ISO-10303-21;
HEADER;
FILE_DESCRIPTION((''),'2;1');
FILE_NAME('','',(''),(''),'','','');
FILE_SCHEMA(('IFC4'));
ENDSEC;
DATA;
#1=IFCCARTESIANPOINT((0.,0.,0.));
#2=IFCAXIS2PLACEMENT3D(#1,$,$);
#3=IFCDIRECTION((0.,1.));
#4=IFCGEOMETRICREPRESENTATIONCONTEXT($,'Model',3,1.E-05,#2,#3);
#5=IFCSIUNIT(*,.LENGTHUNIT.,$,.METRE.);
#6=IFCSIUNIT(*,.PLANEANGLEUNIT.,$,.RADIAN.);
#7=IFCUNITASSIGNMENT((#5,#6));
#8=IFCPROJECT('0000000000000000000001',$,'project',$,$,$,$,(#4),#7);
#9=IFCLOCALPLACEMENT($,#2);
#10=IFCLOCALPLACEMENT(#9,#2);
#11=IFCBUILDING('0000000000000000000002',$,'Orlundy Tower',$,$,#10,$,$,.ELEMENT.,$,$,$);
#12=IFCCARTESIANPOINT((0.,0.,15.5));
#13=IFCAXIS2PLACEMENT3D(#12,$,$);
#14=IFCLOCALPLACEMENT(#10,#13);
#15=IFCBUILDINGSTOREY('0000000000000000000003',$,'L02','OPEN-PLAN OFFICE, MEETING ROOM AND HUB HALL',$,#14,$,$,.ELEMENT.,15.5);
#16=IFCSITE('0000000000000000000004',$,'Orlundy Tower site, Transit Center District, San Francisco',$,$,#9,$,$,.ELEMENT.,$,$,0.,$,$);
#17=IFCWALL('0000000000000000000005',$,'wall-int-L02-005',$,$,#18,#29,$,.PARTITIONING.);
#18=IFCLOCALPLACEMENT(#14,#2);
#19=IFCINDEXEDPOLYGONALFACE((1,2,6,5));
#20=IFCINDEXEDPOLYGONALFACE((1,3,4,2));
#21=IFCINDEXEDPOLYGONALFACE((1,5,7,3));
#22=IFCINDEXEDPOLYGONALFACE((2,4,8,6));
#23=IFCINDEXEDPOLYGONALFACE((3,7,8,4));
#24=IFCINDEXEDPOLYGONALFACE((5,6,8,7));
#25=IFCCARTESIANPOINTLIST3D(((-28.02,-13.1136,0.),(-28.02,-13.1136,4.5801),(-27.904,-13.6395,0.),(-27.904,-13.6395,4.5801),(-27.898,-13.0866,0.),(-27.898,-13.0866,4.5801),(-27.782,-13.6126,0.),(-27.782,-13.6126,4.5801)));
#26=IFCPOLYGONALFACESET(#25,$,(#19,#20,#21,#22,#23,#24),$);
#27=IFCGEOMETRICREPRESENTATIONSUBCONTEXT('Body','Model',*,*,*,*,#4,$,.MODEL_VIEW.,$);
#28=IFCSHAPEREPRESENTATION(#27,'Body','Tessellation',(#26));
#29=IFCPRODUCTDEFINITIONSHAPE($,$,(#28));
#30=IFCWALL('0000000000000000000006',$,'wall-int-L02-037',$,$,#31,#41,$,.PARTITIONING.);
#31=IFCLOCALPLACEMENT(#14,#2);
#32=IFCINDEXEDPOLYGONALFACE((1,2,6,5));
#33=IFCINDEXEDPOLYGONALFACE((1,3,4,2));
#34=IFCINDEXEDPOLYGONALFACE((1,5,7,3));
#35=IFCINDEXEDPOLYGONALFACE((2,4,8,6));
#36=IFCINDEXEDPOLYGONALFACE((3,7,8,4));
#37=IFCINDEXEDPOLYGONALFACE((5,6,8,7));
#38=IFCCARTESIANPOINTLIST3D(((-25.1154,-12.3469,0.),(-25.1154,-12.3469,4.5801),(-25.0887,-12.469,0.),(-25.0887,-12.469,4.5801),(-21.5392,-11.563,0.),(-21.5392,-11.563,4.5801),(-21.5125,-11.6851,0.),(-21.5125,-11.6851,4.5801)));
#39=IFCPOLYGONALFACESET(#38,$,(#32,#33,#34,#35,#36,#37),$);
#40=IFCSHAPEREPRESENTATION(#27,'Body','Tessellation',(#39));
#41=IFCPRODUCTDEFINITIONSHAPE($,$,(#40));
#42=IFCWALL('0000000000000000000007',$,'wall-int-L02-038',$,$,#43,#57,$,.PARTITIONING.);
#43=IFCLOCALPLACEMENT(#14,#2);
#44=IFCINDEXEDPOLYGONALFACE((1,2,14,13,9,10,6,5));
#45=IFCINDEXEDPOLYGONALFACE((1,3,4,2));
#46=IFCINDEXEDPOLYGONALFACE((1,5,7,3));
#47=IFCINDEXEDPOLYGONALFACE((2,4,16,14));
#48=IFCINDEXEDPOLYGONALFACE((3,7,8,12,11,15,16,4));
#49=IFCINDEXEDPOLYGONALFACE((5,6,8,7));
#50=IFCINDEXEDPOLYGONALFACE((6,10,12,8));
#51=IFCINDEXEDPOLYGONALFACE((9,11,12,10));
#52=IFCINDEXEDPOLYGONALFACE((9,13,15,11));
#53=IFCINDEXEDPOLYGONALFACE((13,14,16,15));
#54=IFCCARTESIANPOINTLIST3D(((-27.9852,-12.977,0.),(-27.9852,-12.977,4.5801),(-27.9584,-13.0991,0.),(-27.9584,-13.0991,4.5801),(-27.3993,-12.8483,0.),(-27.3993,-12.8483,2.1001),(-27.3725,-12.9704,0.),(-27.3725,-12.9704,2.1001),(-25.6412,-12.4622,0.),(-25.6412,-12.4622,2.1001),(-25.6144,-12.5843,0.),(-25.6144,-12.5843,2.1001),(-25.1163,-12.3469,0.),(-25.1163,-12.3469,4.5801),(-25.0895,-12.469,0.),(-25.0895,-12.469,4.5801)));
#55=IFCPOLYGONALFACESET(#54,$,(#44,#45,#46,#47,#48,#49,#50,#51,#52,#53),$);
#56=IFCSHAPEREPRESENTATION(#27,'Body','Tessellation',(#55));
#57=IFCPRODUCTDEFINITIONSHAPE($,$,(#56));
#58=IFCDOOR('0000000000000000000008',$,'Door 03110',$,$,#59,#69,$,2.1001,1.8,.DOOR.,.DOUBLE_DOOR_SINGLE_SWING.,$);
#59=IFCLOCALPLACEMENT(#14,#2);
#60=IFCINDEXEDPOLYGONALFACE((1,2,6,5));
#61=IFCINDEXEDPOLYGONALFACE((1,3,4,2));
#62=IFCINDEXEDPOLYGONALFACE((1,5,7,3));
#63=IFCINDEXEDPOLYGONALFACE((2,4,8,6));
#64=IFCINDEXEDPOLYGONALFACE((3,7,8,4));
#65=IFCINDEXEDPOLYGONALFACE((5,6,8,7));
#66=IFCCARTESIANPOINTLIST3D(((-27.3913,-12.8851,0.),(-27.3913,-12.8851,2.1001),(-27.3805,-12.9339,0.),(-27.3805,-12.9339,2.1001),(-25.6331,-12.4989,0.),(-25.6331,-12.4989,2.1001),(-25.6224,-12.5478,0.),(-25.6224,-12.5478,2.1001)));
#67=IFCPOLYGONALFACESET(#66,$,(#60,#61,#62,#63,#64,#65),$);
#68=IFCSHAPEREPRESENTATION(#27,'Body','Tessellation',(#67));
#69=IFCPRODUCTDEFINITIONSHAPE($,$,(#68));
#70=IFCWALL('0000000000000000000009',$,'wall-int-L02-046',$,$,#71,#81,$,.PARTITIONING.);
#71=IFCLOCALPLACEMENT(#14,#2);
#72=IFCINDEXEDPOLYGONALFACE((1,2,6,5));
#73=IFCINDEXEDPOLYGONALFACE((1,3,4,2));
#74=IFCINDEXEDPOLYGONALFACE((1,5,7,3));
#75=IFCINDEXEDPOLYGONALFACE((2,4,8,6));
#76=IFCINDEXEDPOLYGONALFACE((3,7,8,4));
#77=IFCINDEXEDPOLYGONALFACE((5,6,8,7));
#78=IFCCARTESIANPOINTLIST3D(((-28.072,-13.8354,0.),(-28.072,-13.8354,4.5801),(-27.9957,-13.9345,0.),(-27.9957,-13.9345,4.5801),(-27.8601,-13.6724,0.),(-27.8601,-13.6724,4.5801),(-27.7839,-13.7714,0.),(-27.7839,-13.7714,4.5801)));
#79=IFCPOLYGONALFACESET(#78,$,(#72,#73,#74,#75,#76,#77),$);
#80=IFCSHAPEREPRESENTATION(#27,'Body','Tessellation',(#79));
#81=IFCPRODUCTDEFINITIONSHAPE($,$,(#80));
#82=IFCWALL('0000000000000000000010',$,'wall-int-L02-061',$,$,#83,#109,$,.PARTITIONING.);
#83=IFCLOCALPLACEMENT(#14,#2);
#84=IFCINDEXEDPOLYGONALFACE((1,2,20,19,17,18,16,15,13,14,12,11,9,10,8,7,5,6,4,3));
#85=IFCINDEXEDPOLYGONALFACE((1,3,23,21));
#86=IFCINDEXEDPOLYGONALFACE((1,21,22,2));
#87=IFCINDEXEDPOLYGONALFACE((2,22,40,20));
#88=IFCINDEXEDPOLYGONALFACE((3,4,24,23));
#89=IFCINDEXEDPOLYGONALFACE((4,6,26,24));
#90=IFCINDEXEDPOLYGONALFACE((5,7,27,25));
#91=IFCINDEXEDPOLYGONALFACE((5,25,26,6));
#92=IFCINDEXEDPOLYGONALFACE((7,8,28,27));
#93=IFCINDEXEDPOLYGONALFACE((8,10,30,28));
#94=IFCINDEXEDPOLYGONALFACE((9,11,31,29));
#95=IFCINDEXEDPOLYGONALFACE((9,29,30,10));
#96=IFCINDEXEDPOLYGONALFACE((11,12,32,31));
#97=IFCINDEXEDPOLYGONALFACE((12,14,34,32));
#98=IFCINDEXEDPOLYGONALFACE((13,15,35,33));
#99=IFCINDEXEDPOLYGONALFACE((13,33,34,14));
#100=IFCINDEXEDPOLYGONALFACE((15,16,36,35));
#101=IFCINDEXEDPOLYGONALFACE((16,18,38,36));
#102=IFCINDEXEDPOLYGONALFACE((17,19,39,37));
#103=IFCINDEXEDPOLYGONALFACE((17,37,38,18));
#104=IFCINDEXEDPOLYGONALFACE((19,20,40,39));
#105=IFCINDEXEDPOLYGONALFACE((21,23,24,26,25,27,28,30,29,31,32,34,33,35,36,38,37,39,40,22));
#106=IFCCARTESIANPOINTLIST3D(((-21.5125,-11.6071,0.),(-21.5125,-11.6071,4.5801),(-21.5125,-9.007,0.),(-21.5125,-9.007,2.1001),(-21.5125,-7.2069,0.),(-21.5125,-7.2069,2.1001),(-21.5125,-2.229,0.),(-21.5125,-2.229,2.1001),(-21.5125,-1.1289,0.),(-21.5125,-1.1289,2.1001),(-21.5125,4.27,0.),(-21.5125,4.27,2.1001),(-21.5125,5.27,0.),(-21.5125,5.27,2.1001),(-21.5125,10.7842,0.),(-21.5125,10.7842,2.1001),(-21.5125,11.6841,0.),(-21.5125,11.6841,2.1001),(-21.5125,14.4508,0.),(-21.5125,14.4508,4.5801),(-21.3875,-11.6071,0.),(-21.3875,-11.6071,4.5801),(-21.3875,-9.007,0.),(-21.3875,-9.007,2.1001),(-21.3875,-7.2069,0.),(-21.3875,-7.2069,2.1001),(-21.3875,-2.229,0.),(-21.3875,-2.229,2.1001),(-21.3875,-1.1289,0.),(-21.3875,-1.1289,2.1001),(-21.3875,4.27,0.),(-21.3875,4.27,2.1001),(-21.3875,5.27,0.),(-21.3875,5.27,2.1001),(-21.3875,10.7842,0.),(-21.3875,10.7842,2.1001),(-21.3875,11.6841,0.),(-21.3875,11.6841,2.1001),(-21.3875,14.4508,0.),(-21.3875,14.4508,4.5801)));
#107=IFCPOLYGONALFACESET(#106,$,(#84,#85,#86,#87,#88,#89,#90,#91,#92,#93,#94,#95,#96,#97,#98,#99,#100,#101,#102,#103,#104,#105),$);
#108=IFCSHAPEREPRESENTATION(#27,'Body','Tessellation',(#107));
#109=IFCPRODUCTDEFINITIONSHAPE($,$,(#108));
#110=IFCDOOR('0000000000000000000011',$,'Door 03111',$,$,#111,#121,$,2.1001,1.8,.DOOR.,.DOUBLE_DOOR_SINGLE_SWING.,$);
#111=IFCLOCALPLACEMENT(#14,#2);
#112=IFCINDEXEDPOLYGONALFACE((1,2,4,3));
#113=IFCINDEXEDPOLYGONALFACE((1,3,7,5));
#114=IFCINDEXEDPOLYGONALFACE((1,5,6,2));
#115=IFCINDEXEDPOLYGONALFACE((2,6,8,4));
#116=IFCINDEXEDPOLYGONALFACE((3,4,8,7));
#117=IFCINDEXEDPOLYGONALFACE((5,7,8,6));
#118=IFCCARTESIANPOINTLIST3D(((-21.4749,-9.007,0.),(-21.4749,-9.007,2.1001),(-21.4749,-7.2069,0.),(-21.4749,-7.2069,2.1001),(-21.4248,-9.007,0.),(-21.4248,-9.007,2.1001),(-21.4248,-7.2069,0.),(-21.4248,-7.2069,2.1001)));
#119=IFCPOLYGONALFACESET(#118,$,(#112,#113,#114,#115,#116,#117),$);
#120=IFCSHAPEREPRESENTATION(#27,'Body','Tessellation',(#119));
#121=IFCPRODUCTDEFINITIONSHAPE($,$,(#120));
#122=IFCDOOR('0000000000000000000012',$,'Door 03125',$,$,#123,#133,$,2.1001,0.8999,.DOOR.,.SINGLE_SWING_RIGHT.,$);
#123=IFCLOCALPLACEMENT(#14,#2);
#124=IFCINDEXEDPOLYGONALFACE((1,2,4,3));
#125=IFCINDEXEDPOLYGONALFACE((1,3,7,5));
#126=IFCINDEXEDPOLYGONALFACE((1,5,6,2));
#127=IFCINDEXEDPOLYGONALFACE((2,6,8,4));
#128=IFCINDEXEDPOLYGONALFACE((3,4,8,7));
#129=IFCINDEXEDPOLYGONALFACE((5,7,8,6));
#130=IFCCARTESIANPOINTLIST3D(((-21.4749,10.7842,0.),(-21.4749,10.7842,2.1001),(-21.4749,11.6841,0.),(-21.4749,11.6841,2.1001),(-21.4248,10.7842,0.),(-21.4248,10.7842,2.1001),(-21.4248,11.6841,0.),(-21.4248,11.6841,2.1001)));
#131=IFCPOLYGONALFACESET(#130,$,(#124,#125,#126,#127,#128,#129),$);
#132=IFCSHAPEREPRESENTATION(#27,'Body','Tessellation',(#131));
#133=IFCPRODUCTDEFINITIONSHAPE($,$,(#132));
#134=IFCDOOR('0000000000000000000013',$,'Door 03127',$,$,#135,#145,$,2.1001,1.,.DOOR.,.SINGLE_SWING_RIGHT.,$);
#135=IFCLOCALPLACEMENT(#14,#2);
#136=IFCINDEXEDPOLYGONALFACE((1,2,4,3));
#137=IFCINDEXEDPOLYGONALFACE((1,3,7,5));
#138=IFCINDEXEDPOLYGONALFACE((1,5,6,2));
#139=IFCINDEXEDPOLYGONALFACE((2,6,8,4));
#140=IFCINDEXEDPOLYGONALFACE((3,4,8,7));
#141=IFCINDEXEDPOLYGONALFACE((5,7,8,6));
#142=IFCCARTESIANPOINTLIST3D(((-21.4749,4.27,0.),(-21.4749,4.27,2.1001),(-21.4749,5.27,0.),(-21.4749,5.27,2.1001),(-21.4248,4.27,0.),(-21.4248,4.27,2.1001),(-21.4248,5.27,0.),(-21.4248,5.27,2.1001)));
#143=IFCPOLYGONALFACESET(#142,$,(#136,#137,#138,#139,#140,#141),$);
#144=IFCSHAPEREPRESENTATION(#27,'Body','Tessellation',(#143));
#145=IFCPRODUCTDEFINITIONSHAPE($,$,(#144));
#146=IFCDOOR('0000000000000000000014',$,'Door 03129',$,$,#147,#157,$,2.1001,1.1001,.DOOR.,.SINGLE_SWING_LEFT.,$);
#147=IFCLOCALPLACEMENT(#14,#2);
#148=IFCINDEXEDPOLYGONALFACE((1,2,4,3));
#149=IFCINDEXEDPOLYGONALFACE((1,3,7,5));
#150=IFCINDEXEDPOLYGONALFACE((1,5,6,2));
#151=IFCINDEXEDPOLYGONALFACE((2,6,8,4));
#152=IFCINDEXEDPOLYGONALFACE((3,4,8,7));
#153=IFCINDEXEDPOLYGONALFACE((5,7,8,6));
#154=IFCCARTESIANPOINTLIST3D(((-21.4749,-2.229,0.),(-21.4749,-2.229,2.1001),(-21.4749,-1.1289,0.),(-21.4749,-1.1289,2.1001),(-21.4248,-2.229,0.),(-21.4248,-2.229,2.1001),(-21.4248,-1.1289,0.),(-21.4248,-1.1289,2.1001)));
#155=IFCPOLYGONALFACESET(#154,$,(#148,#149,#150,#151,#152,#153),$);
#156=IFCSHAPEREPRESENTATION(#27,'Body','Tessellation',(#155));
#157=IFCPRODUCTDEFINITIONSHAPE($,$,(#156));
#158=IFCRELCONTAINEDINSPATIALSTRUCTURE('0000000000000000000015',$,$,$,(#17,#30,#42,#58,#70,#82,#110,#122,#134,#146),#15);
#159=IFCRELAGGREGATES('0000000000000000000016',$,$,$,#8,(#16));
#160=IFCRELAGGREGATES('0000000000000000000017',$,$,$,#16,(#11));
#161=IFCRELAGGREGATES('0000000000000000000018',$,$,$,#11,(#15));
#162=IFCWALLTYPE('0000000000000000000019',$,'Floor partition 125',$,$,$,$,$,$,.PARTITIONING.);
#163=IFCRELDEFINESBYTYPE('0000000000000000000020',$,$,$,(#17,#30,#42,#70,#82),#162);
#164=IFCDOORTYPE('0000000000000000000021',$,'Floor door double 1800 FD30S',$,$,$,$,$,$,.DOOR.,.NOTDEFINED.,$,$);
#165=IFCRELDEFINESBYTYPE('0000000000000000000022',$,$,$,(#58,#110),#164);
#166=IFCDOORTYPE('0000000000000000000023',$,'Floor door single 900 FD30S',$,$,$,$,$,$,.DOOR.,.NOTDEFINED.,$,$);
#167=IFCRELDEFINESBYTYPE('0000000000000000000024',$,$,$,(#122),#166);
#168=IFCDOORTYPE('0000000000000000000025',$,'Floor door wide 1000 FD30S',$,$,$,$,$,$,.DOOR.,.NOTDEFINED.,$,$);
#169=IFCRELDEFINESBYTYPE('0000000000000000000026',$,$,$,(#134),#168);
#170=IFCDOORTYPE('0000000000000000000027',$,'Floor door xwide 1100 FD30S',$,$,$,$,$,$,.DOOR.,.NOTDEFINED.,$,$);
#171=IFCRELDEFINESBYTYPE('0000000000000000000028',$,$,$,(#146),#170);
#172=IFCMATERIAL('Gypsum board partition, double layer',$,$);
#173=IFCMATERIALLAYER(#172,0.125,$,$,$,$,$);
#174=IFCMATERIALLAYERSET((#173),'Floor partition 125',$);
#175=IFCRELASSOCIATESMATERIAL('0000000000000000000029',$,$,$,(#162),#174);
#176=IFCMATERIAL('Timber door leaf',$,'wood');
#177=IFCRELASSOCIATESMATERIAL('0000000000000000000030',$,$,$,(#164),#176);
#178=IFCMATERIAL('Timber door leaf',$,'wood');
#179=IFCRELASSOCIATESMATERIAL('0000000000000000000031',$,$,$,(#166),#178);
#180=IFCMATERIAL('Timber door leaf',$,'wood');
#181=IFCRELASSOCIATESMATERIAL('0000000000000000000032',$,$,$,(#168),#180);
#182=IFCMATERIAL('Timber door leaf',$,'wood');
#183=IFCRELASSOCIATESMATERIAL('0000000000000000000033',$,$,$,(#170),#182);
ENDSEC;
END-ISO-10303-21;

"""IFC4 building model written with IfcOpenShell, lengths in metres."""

from ifc_helpers import new_model, si_unit, direction, frame, frame_2d, origin, place, context, subcontext, project, spatial, rectangle, extrude, material, layer, layer_set, type_object, element, fill, save


model = new_model("IFC4")

# Units and contexts
model_context = context("Model", 3, precision=1e-05, world=origin(), true_north=direction((0.0, 1.0)))
body_context = subcontext(model_context, "Body", "Model", "MODEL_VIEW")
ifc_project = project(units=[si_unit("LENGTHUNIT", "METRE"), si_unit("PLANEANGLEUNIT", "RADIAN")], contexts=[model_context])

# Site, building, storey
site_placement = place(None, origin())
site = spatial("IfcSite", under=ifc_project, at=site_placement, Name="Orlundy Tower site, Transit Center District, San Francisco", CompositionType="ELEMENT", RefElevation=0.0)
building_placement = place(site_placement, origin())
building = spatial("IfcBuilding", under=site, at=building_placement, Name="Orlundy Tower", CompositionType="ELEMENT")
storey_placement = place(building_placement, frame((0.0, 0.0, 15.5)))
storey = spatial("IfcBuildingStorey", under=building, at=storey_placement, Name="L02", Description="OPEN-PLAN OFFICE, MEETING ROOM AND HUB HALL", CompositionType="ELEMENT", Elevation=15.5)

# Walls
ifc_material_1 = material(Name="Gypsum board partition, double layer")
ifc_layer_1 = layer(ifc_material_1, 0.125)
ifc_layer_set_1 = layer_set([ifc_layer_1], Name="Floor partition 125")
wall_type_1 = type_object("IfcWallType", Name="Floor partition 125", PredefinedType="PARTITIONING", material=ifc_layer_set_1)
wall_1_placement = place(storey_placement, frame((-27.959, -13.1001, 0.0), z_axis=(0.0, 0.0, 1.0), x_axis=(0.215346, -0.976538, 0.0)))
element("IfcWall", 1, at=wall_1_placement, inside=storey, type_object=wall_type_1, Name="wall-int-L02-005", PredefinedType="PARTITIONING", context=body_context, shape_type="SweptSolid", body=[
    extrude(rectangle(XDim=0.5386, YDim=0.125, at=frame_2d((0.2693, 0.0))), origin(), (0.0, 0.0, 1.0), 4.5801),
])
wall_2_placement = place(storey_placement, frame((-25.1021, -12.408, 0.0), z_axis=(0.0, 0.0, 1.0), x_axis=(0.976806, 0.214126, 0.0)))
element("IfcWall", 2, at=wall_2_placement, inside=storey, type_object=wall_type_1, Name="wall-int-L02-037", PredefinedType="PARTITIONING", context=body_context, shape_type="SweptSolid", body=[
    extrude(rectangle(XDim=3.6611, YDim=0.125, at=frame_2d((1.8306, 0.0))), origin(), (0.0, 0.0, 1.0), 4.5801),
])

# Wall, opening, door
wall_3_placement = place(storey_placement, frame((-27.9719, -13.0381, 0.0), z_axis=(0.0, 0.0, 1.0), x_axis=(0.976718, 0.214527, 0.0)))
wall_3 = element("IfcWall", 3, at=wall_3_placement, inside=storey, type_object=wall_type_1, Name="wall-int-L02-038", PredefinedType="PARTITIONING", context=body_context, shape_type="SweptSolid", body=[
    extrude(rectangle(XDim=2.9373, YDim=0.125, at=frame_2d((1.4688, 0.0))), origin(), (0.0, 0.0, 1.0), 4.5801),
])
opening_1_placement = place(wall_3_placement, frame((0.6001, 0.0, 0.0)))
opening_1 = element("IfcOpeningElement", 4, at=opening_1_placement, cuts=wall_3, PredefinedType="OPENING", context=body_context, shape_type="SweptSolid", body=[
    extrude(rectangle(XDim=1.8, YDim=2.1001, at=frame_2d((0.8999, 1.05))), frame((0.0, 0.0725, 0.0), z_axis=(0.0, -1.0, 0.0), x_axis=(1.0, 0.0, 0.0)), (0.0, 0.0, 1.0), 0.145),
])
ifc_material_2 = material(Name="Timber door leaf", Category="wood")
door_type_1 = type_object("IfcDoorType", Name="Floor door double 1800 FD30S", OperationType="NOTDEFINED", PredefinedType="DOOR", material=ifc_material_2)
door_1_placement = place(opening_1_placement, origin())
door_1 = element("IfcDoor", 5, at=door_1_placement, inside=storey, type_object=door_type_1, Name="Door 03110", OperationType="DOUBLE_DOOR_SINGLE_SWING", OverallHeight=2.1001, OverallWidth=1.8, PredefinedType="DOOR", context=body_context, shape_type="SweptSolid", body=[
    extrude(rectangle(XDim=1.8, YDim=2.1001, at=frame_2d((0.8999, 1.05))), frame((0.0, 0.0249, 0.0), z_axis=(0.0, -1.0, 0.0), x_axis=(1.0, 0.0, 0.0)), (0.0, 0.0, 1.0), 0.05),
])
fill(opening_1, door_1)

# Wall
wall_4_placement = place(storey_placement, frame((-28.0339, -13.885, 0.0), z_axis=(0.0, 0.0, 1.0), x_axis=(0.792488, 0.609887, 0.0)))
element("IfcWall", 6, at=wall_4_placement, inside=storey, type_object=wall_type_1, Name="wall-int-L02-046", PredefinedType="PARTITIONING", context=body_context, shape_type="SweptSolid", body=[
    extrude(rectangle(XDim=0.2673, YDim=0.125, at=frame_2d((0.1338, 0.0))), origin(), (0.0, 0.0, 1.0), 4.5801),
])

# Wall, openings, doors
wall_5_placement = place(storey_placement, frame((-21.45, -11.6069, 0.0), z_axis=(0.0, 0.0, 1.0), x_axis=(0.0, 1.0, 0.0)))
wall_5 = element("IfcWall", 7, at=wall_5_placement, inside=storey, type_object=wall_type_1, Name="wall-int-L02-061", PredefinedType="PARTITIONING", context=body_context, shape_type="SweptSolid", body=[
    extrude(rectangle(XDim=26.0579, YDim=0.125, at=frame_2d((13.0288, 0.0))), origin(), (0.0, 0.0, 1.0), 4.5801),
])
opening_2_placement = place(wall_5_placement, frame((2.6001, 0.0, 0.0)))
opening_2 = element("IfcOpeningElement", 8, at=opening_2_placement, cuts=wall_5, PredefinedType="OPENING", context=body_context, shape_type="SweptSolid", body=[
    extrude(rectangle(XDim=1.8, YDim=2.1001, at=frame_2d((0.8999, 1.05))), frame((0.0, 0.0725, 0.0), z_axis=(0.0, -1.0, 0.0), x_axis=(1.0, 0.0, 0.0)), (0.0, 0.0, 1.0), 0.145),
])
opening_3_placement = place(wall_5_placement, frame((22.3911, 0.0, 0.0)))
opening_3 = element("IfcOpeningElement", 9, at=opening_3_placement, cuts=wall_5, PredefinedType="OPENING", context=body_context, shape_type="SweptSolid", body=[
    extrude(rectangle(XDim=0.8999, YDim=2.1001, at=frame_2d((0.45, 1.05))), frame((0.0, 0.0725, 0.0), z_axis=(0.0, -1.0, 0.0), x_axis=(1.0, 0.0, 0.0)), (0.0, 0.0, 1.0), 0.145),
])
opening_4_placement = place(wall_5_placement, frame((15.877, 0.0, 0.0)))
opening_4 = element("IfcOpeningElement", 10, at=opening_4_placement, cuts=wall_5, PredefinedType="OPENING", context=body_context, shape_type="SweptSolid", body=[
    extrude(rectangle(XDim=1.0, YDim=2.1001, at=frame_2d((0.5, 1.05))), frame((0.0, 0.0725, 0.0), z_axis=(0.0, -1.0, 0.0), x_axis=(1.0, 0.0, 0.0)), (0.0, 0.0, 1.0), 0.145),
])
opening_5_placement = place(wall_5_placement, frame((9.3779, 0.0, 0.0)))
opening_5 = element("IfcOpeningElement", 11, at=opening_5_placement, cuts=wall_5, PredefinedType="OPENING", context=body_context, shape_type="SweptSolid", body=[
    extrude(rectangle(XDim=1.1001, YDim=2.1001, at=frame_2d((0.55, 1.05))), frame((0.0, 0.0725, 0.0), z_axis=(0.0, -1.0, 0.0), x_axis=(1.0, 0.0, 0.0)), (0.0, 0.0, 1.0), 0.145),
])
door_2_placement = place(opening_2_placement, origin())
door_2 = element("IfcDoor", 12, at=door_2_placement, inside=storey, type_object=door_type_1, Name="Door 03111", OperationType="DOUBLE_DOOR_SINGLE_SWING", OverallHeight=2.1001, OverallWidth=1.8, PredefinedType="DOOR", context=body_context, shape_type="SweptSolid", body=[
    extrude(rectangle(XDim=1.8, YDim=2.1001, at=frame_2d((0.8999, 1.05))), frame((0.0, 0.0249, 0.0), z_axis=(0.0, -1.0, 0.0), x_axis=(1.0, 0.0, 0.0)), (0.0, 0.0, 1.0), 0.05),
])
fill(opening_2, door_2)
ifc_material_3 = material(Name="Timber door leaf", Category="wood")
door_type_2 = type_object("IfcDoorType", Name="Floor door single 900 FD30S", OperationType="NOTDEFINED", PredefinedType="DOOR", material=ifc_material_3)
door_3_placement = place(opening_3_placement, origin())
door_3 = element("IfcDoor", 13, at=door_3_placement, inside=storey, type_object=door_type_2, Name="Door 03125", OperationType="SINGLE_SWING_RIGHT", OverallHeight=2.1001, OverallWidth=0.8999, PredefinedType="DOOR", context=body_context, shape_type="SweptSolid", body=[
    extrude(rectangle(XDim=0.8999, YDim=2.1001, at=frame_2d((0.45, 1.05))), frame((0.0, 0.0249, 0.0), z_axis=(0.0, -1.0, 0.0), x_axis=(1.0, 0.0, 0.0)), (0.0, 0.0, 1.0), 0.05),
])
fill(opening_3, door_3)
ifc_material_4 = material(Name="Timber door leaf", Category="wood")
door_type_3 = type_object("IfcDoorType", Name="Floor door wide 1000 FD30S", OperationType="NOTDEFINED", PredefinedType="DOOR", material=ifc_material_4)
door_4_placement = place(opening_4_placement, origin())
door_4 = element("IfcDoor", 14, at=door_4_placement, inside=storey, type_object=door_type_3, Name="Door 03127", OperationType="SINGLE_SWING_RIGHT", OverallHeight=2.1001, OverallWidth=1.0, PredefinedType="DOOR", context=body_context, shape_type="SweptSolid", body=[
    extrude(rectangle(XDim=1.0, YDim=2.1001, at=frame_2d((0.5, 1.05))), frame((0.0, 0.0249, 0.0), z_axis=(0.0, -1.0, 0.0), x_axis=(1.0, 0.0, 0.0)), (0.0, 0.0, 1.0), 0.05),
])
fill(opening_4, door_4)
ifc_material_5 = material(Name="Timber door leaf", Category="wood")
door_type_4 = type_object("IfcDoorType", Name="Floor door xwide 1100 FD30S", OperationType="NOTDEFINED", PredefinedType="DOOR", material=ifc_material_5)
door_5_placement = place(opening_5_placement, origin())
door_5 = element("IfcDoor", 15, at=door_5_placement, inside=storey, type_object=door_type_4, Name="Door 03129", OperationType="SINGLE_SWING_LEFT", OverallHeight=2.1001, OverallWidth=1.1001, PredefinedType="DOOR", context=body_context, shape_type="SweptSolid", body=[
    extrude(rectangle(XDim=1.1001, YDim=2.1001, at=frame_2d((0.55, 1.05))), frame((0.0, 0.0249, 0.0), z_axis=(0.0, -1.0, 0.0), x_axis=(1.0, 0.0, 0.0)), (0.0, 0.0, 1.0), 0.05),
])
fill(opening_5, door_5)

save(model, "model.ifc")
